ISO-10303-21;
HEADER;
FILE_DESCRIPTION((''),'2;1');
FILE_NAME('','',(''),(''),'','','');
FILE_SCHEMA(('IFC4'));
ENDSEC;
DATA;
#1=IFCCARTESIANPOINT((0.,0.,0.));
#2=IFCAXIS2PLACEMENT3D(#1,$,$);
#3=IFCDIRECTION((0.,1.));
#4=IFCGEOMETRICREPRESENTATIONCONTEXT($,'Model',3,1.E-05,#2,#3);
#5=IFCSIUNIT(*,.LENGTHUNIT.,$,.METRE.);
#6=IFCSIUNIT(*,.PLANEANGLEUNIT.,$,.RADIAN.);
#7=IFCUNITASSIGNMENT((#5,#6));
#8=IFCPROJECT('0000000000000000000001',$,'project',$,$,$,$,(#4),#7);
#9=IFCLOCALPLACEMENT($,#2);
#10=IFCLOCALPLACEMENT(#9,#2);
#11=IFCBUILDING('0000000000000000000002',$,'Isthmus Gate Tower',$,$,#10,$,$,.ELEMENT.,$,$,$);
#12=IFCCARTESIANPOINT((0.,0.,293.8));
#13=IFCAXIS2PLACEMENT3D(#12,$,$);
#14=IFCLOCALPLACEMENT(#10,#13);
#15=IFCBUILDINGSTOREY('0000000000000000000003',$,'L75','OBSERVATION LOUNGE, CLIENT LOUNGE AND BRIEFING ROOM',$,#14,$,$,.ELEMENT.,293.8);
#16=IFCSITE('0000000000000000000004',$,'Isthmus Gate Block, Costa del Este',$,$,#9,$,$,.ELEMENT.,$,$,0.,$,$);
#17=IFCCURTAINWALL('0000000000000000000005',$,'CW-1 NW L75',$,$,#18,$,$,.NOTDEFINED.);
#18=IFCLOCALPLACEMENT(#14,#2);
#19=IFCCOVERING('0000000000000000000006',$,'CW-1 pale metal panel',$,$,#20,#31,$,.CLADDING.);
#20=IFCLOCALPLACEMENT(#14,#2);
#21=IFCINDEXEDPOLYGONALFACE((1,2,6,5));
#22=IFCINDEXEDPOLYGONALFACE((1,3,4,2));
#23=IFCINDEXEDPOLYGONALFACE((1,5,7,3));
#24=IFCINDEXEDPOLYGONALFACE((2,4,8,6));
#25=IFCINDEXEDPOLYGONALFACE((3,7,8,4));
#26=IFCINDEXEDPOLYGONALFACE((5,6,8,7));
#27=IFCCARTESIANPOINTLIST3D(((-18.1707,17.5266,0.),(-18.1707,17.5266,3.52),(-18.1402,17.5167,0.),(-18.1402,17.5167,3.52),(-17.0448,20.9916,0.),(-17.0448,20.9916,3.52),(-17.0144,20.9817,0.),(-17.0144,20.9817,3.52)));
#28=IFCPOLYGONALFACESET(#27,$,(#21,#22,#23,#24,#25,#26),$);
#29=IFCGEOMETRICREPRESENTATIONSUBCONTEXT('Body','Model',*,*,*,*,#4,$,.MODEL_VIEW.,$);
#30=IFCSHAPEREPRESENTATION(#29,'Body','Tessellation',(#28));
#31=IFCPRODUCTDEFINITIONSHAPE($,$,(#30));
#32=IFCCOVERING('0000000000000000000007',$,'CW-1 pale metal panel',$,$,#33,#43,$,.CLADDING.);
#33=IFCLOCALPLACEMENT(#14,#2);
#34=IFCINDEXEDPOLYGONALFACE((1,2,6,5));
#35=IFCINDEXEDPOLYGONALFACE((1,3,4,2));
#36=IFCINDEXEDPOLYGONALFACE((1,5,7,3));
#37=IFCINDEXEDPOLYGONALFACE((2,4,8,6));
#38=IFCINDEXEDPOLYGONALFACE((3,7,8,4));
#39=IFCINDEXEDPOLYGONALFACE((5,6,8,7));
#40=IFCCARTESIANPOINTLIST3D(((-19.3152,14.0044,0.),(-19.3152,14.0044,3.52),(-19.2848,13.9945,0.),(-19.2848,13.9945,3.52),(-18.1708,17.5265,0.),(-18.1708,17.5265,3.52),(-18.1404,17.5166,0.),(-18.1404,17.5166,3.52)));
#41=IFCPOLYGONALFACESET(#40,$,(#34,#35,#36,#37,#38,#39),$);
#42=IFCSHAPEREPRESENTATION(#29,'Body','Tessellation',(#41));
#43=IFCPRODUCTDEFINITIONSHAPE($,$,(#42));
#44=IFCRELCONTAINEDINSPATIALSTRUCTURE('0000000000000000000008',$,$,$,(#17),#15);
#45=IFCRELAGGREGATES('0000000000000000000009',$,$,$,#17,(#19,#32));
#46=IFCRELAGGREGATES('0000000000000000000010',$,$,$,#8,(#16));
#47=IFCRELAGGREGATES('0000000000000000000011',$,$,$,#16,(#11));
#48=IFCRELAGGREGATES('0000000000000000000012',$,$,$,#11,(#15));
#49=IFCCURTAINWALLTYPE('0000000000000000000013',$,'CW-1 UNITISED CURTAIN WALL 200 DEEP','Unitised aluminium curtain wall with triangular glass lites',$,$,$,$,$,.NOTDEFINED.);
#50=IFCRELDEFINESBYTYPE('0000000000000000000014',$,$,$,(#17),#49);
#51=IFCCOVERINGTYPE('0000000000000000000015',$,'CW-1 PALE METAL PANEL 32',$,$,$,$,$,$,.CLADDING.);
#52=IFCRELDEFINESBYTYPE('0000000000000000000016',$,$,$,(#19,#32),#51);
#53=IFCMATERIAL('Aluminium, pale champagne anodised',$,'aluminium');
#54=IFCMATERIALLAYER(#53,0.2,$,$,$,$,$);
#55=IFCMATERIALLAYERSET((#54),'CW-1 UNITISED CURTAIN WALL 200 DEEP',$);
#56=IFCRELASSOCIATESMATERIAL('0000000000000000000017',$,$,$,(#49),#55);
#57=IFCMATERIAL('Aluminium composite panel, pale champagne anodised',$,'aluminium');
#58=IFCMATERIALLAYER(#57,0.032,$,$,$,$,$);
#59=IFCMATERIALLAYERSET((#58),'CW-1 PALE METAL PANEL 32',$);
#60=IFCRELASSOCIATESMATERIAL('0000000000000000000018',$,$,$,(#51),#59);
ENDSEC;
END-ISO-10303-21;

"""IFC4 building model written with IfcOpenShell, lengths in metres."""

from ifc_helpers import new_model, si_unit, direction, frame, origin, origin_2d, place, context, subcontext, project, spatial, rectangle, extrude, material, layer, layer_set, type_object, element, aggregate, save


model = new_model("IFC4")

# Units and contexts
model_context = context("Model", 3, precision=1e-05, world=origin(), true_north=direction((0.0, 1.0)))
body_context = subcontext(model_context, "Body", "Model", "MODEL_VIEW")
ifc_project = project(units=[si_unit("LENGTHUNIT", "METRE"), si_unit("PLANEANGLEUNIT", "RADIAN")], contexts=[model_context])

# Site, building, storey
site_placement = place(None, origin())
site = spatial("IfcSite", under=ifc_project, at=site_placement, Name="Isthmus Gate Block, Costa del Este", CompositionType="ELEMENT", RefElevation=0.0)
building_placement = place(site_placement, origin())
building = spatial("IfcBuilding", under=site, at=building_placement, Name="Isthmus Gate Tower", CompositionType="ELEMENT")
storey_placement = place(building_placement, frame((0.0, 0.0, 293.8)))
storey = spatial("IfcBuildingStorey", under=building, at=storey_placement, Name="L75", Description="OBSERVATION LOUNGE, CLIENT LOUNGE AND BRIEFING ROOM", CompositionType="ELEMENT", Elevation=293.8)

# Shared definitions
ifc_material_1 = material(Name="Aluminium, pale champagne anodised", Category="aluminium")
ifc_layer_1 = layer(ifc_material_1, 0.2)
ifc_layer_set_1 = layer_set([ifc_layer_1], Name="CW-1 UNITISED CURTAIN WALL 200 DEEP")
curtain_wall_type = type_object("IfcCurtainWallType", Name="CW-1 UNITISED CURTAIN WALL 200 DEEP", Description="Unitised aluminium curtain wall with triangular glass lites", PredefinedType="NOTDEFINED", material=ifc_layer_set_1)

# Curtain wall
curtain_wall_1_placement = place(storey_placement, origin())
curtain_wall_1 = element("IfcCurtainWall", 1, at=curtain_wall_1_placement, inside=storey, type_object=curtain_wall_type, Name="CW-1 NW L75", PredefinedType="NOTDEFINED")

# Coverings
ifc_material_2 = material(Name="Aluminium composite panel, pale champagne anodised", Category="aluminium")
ifc_layer_2 = layer(ifc_material_2, 0.032)
ifc_layer_set_2 = layer_set([ifc_layer_2], Name="CW-1 PALE METAL PANEL 32")
covering_type = type_object("IfcCoveringType", Name="CW-1 PALE METAL PANEL 32", PredefinedType="CLADDING", material=ifc_layer_set_2)
covering_1_placement = place(storey_placement, frame((-17.5925, 19.2542, 0.0), z_axis=(0.0, 0.0, 1.0), x_axis=(-0.309017, -0.951057, 0.0)))
covering_1 = element("IfcCovering", 2, at=covering_1_placement, type_object=covering_type, Name="CW-1 pale metal panel", PredefinedType="CLADDING", context=body_context, shape_type="SweptSolid", body=[
    extrude(rectangle(XDim=3.6433, YDim=0.032, at=origin_2d()), origin(), (0.0, 0.0, 1.0), 3.52),
])
covering_2_placement = place(storey_placement, frame((-18.7278, 15.7605, 0.0), z_axis=(0.0, 0.0, 1.0), x_axis=(-0.309017, -0.951057, 0.0)))
covering_2 = element("IfcCovering", 3, at=covering_2_placement, type_object=covering_type, Name="CW-1 pale metal panel", PredefinedType="CLADDING", context=body_context, shape_type="SweptSolid", body=[
    extrude(rectangle(XDim=3.7034, YDim=0.032, at=origin_2d()), origin(), (0.0, 0.0, 1.0), 3.52),
])
aggregate(curtain_wall_1, [covering_1, covering_2])

save(model, "model.ifc")
